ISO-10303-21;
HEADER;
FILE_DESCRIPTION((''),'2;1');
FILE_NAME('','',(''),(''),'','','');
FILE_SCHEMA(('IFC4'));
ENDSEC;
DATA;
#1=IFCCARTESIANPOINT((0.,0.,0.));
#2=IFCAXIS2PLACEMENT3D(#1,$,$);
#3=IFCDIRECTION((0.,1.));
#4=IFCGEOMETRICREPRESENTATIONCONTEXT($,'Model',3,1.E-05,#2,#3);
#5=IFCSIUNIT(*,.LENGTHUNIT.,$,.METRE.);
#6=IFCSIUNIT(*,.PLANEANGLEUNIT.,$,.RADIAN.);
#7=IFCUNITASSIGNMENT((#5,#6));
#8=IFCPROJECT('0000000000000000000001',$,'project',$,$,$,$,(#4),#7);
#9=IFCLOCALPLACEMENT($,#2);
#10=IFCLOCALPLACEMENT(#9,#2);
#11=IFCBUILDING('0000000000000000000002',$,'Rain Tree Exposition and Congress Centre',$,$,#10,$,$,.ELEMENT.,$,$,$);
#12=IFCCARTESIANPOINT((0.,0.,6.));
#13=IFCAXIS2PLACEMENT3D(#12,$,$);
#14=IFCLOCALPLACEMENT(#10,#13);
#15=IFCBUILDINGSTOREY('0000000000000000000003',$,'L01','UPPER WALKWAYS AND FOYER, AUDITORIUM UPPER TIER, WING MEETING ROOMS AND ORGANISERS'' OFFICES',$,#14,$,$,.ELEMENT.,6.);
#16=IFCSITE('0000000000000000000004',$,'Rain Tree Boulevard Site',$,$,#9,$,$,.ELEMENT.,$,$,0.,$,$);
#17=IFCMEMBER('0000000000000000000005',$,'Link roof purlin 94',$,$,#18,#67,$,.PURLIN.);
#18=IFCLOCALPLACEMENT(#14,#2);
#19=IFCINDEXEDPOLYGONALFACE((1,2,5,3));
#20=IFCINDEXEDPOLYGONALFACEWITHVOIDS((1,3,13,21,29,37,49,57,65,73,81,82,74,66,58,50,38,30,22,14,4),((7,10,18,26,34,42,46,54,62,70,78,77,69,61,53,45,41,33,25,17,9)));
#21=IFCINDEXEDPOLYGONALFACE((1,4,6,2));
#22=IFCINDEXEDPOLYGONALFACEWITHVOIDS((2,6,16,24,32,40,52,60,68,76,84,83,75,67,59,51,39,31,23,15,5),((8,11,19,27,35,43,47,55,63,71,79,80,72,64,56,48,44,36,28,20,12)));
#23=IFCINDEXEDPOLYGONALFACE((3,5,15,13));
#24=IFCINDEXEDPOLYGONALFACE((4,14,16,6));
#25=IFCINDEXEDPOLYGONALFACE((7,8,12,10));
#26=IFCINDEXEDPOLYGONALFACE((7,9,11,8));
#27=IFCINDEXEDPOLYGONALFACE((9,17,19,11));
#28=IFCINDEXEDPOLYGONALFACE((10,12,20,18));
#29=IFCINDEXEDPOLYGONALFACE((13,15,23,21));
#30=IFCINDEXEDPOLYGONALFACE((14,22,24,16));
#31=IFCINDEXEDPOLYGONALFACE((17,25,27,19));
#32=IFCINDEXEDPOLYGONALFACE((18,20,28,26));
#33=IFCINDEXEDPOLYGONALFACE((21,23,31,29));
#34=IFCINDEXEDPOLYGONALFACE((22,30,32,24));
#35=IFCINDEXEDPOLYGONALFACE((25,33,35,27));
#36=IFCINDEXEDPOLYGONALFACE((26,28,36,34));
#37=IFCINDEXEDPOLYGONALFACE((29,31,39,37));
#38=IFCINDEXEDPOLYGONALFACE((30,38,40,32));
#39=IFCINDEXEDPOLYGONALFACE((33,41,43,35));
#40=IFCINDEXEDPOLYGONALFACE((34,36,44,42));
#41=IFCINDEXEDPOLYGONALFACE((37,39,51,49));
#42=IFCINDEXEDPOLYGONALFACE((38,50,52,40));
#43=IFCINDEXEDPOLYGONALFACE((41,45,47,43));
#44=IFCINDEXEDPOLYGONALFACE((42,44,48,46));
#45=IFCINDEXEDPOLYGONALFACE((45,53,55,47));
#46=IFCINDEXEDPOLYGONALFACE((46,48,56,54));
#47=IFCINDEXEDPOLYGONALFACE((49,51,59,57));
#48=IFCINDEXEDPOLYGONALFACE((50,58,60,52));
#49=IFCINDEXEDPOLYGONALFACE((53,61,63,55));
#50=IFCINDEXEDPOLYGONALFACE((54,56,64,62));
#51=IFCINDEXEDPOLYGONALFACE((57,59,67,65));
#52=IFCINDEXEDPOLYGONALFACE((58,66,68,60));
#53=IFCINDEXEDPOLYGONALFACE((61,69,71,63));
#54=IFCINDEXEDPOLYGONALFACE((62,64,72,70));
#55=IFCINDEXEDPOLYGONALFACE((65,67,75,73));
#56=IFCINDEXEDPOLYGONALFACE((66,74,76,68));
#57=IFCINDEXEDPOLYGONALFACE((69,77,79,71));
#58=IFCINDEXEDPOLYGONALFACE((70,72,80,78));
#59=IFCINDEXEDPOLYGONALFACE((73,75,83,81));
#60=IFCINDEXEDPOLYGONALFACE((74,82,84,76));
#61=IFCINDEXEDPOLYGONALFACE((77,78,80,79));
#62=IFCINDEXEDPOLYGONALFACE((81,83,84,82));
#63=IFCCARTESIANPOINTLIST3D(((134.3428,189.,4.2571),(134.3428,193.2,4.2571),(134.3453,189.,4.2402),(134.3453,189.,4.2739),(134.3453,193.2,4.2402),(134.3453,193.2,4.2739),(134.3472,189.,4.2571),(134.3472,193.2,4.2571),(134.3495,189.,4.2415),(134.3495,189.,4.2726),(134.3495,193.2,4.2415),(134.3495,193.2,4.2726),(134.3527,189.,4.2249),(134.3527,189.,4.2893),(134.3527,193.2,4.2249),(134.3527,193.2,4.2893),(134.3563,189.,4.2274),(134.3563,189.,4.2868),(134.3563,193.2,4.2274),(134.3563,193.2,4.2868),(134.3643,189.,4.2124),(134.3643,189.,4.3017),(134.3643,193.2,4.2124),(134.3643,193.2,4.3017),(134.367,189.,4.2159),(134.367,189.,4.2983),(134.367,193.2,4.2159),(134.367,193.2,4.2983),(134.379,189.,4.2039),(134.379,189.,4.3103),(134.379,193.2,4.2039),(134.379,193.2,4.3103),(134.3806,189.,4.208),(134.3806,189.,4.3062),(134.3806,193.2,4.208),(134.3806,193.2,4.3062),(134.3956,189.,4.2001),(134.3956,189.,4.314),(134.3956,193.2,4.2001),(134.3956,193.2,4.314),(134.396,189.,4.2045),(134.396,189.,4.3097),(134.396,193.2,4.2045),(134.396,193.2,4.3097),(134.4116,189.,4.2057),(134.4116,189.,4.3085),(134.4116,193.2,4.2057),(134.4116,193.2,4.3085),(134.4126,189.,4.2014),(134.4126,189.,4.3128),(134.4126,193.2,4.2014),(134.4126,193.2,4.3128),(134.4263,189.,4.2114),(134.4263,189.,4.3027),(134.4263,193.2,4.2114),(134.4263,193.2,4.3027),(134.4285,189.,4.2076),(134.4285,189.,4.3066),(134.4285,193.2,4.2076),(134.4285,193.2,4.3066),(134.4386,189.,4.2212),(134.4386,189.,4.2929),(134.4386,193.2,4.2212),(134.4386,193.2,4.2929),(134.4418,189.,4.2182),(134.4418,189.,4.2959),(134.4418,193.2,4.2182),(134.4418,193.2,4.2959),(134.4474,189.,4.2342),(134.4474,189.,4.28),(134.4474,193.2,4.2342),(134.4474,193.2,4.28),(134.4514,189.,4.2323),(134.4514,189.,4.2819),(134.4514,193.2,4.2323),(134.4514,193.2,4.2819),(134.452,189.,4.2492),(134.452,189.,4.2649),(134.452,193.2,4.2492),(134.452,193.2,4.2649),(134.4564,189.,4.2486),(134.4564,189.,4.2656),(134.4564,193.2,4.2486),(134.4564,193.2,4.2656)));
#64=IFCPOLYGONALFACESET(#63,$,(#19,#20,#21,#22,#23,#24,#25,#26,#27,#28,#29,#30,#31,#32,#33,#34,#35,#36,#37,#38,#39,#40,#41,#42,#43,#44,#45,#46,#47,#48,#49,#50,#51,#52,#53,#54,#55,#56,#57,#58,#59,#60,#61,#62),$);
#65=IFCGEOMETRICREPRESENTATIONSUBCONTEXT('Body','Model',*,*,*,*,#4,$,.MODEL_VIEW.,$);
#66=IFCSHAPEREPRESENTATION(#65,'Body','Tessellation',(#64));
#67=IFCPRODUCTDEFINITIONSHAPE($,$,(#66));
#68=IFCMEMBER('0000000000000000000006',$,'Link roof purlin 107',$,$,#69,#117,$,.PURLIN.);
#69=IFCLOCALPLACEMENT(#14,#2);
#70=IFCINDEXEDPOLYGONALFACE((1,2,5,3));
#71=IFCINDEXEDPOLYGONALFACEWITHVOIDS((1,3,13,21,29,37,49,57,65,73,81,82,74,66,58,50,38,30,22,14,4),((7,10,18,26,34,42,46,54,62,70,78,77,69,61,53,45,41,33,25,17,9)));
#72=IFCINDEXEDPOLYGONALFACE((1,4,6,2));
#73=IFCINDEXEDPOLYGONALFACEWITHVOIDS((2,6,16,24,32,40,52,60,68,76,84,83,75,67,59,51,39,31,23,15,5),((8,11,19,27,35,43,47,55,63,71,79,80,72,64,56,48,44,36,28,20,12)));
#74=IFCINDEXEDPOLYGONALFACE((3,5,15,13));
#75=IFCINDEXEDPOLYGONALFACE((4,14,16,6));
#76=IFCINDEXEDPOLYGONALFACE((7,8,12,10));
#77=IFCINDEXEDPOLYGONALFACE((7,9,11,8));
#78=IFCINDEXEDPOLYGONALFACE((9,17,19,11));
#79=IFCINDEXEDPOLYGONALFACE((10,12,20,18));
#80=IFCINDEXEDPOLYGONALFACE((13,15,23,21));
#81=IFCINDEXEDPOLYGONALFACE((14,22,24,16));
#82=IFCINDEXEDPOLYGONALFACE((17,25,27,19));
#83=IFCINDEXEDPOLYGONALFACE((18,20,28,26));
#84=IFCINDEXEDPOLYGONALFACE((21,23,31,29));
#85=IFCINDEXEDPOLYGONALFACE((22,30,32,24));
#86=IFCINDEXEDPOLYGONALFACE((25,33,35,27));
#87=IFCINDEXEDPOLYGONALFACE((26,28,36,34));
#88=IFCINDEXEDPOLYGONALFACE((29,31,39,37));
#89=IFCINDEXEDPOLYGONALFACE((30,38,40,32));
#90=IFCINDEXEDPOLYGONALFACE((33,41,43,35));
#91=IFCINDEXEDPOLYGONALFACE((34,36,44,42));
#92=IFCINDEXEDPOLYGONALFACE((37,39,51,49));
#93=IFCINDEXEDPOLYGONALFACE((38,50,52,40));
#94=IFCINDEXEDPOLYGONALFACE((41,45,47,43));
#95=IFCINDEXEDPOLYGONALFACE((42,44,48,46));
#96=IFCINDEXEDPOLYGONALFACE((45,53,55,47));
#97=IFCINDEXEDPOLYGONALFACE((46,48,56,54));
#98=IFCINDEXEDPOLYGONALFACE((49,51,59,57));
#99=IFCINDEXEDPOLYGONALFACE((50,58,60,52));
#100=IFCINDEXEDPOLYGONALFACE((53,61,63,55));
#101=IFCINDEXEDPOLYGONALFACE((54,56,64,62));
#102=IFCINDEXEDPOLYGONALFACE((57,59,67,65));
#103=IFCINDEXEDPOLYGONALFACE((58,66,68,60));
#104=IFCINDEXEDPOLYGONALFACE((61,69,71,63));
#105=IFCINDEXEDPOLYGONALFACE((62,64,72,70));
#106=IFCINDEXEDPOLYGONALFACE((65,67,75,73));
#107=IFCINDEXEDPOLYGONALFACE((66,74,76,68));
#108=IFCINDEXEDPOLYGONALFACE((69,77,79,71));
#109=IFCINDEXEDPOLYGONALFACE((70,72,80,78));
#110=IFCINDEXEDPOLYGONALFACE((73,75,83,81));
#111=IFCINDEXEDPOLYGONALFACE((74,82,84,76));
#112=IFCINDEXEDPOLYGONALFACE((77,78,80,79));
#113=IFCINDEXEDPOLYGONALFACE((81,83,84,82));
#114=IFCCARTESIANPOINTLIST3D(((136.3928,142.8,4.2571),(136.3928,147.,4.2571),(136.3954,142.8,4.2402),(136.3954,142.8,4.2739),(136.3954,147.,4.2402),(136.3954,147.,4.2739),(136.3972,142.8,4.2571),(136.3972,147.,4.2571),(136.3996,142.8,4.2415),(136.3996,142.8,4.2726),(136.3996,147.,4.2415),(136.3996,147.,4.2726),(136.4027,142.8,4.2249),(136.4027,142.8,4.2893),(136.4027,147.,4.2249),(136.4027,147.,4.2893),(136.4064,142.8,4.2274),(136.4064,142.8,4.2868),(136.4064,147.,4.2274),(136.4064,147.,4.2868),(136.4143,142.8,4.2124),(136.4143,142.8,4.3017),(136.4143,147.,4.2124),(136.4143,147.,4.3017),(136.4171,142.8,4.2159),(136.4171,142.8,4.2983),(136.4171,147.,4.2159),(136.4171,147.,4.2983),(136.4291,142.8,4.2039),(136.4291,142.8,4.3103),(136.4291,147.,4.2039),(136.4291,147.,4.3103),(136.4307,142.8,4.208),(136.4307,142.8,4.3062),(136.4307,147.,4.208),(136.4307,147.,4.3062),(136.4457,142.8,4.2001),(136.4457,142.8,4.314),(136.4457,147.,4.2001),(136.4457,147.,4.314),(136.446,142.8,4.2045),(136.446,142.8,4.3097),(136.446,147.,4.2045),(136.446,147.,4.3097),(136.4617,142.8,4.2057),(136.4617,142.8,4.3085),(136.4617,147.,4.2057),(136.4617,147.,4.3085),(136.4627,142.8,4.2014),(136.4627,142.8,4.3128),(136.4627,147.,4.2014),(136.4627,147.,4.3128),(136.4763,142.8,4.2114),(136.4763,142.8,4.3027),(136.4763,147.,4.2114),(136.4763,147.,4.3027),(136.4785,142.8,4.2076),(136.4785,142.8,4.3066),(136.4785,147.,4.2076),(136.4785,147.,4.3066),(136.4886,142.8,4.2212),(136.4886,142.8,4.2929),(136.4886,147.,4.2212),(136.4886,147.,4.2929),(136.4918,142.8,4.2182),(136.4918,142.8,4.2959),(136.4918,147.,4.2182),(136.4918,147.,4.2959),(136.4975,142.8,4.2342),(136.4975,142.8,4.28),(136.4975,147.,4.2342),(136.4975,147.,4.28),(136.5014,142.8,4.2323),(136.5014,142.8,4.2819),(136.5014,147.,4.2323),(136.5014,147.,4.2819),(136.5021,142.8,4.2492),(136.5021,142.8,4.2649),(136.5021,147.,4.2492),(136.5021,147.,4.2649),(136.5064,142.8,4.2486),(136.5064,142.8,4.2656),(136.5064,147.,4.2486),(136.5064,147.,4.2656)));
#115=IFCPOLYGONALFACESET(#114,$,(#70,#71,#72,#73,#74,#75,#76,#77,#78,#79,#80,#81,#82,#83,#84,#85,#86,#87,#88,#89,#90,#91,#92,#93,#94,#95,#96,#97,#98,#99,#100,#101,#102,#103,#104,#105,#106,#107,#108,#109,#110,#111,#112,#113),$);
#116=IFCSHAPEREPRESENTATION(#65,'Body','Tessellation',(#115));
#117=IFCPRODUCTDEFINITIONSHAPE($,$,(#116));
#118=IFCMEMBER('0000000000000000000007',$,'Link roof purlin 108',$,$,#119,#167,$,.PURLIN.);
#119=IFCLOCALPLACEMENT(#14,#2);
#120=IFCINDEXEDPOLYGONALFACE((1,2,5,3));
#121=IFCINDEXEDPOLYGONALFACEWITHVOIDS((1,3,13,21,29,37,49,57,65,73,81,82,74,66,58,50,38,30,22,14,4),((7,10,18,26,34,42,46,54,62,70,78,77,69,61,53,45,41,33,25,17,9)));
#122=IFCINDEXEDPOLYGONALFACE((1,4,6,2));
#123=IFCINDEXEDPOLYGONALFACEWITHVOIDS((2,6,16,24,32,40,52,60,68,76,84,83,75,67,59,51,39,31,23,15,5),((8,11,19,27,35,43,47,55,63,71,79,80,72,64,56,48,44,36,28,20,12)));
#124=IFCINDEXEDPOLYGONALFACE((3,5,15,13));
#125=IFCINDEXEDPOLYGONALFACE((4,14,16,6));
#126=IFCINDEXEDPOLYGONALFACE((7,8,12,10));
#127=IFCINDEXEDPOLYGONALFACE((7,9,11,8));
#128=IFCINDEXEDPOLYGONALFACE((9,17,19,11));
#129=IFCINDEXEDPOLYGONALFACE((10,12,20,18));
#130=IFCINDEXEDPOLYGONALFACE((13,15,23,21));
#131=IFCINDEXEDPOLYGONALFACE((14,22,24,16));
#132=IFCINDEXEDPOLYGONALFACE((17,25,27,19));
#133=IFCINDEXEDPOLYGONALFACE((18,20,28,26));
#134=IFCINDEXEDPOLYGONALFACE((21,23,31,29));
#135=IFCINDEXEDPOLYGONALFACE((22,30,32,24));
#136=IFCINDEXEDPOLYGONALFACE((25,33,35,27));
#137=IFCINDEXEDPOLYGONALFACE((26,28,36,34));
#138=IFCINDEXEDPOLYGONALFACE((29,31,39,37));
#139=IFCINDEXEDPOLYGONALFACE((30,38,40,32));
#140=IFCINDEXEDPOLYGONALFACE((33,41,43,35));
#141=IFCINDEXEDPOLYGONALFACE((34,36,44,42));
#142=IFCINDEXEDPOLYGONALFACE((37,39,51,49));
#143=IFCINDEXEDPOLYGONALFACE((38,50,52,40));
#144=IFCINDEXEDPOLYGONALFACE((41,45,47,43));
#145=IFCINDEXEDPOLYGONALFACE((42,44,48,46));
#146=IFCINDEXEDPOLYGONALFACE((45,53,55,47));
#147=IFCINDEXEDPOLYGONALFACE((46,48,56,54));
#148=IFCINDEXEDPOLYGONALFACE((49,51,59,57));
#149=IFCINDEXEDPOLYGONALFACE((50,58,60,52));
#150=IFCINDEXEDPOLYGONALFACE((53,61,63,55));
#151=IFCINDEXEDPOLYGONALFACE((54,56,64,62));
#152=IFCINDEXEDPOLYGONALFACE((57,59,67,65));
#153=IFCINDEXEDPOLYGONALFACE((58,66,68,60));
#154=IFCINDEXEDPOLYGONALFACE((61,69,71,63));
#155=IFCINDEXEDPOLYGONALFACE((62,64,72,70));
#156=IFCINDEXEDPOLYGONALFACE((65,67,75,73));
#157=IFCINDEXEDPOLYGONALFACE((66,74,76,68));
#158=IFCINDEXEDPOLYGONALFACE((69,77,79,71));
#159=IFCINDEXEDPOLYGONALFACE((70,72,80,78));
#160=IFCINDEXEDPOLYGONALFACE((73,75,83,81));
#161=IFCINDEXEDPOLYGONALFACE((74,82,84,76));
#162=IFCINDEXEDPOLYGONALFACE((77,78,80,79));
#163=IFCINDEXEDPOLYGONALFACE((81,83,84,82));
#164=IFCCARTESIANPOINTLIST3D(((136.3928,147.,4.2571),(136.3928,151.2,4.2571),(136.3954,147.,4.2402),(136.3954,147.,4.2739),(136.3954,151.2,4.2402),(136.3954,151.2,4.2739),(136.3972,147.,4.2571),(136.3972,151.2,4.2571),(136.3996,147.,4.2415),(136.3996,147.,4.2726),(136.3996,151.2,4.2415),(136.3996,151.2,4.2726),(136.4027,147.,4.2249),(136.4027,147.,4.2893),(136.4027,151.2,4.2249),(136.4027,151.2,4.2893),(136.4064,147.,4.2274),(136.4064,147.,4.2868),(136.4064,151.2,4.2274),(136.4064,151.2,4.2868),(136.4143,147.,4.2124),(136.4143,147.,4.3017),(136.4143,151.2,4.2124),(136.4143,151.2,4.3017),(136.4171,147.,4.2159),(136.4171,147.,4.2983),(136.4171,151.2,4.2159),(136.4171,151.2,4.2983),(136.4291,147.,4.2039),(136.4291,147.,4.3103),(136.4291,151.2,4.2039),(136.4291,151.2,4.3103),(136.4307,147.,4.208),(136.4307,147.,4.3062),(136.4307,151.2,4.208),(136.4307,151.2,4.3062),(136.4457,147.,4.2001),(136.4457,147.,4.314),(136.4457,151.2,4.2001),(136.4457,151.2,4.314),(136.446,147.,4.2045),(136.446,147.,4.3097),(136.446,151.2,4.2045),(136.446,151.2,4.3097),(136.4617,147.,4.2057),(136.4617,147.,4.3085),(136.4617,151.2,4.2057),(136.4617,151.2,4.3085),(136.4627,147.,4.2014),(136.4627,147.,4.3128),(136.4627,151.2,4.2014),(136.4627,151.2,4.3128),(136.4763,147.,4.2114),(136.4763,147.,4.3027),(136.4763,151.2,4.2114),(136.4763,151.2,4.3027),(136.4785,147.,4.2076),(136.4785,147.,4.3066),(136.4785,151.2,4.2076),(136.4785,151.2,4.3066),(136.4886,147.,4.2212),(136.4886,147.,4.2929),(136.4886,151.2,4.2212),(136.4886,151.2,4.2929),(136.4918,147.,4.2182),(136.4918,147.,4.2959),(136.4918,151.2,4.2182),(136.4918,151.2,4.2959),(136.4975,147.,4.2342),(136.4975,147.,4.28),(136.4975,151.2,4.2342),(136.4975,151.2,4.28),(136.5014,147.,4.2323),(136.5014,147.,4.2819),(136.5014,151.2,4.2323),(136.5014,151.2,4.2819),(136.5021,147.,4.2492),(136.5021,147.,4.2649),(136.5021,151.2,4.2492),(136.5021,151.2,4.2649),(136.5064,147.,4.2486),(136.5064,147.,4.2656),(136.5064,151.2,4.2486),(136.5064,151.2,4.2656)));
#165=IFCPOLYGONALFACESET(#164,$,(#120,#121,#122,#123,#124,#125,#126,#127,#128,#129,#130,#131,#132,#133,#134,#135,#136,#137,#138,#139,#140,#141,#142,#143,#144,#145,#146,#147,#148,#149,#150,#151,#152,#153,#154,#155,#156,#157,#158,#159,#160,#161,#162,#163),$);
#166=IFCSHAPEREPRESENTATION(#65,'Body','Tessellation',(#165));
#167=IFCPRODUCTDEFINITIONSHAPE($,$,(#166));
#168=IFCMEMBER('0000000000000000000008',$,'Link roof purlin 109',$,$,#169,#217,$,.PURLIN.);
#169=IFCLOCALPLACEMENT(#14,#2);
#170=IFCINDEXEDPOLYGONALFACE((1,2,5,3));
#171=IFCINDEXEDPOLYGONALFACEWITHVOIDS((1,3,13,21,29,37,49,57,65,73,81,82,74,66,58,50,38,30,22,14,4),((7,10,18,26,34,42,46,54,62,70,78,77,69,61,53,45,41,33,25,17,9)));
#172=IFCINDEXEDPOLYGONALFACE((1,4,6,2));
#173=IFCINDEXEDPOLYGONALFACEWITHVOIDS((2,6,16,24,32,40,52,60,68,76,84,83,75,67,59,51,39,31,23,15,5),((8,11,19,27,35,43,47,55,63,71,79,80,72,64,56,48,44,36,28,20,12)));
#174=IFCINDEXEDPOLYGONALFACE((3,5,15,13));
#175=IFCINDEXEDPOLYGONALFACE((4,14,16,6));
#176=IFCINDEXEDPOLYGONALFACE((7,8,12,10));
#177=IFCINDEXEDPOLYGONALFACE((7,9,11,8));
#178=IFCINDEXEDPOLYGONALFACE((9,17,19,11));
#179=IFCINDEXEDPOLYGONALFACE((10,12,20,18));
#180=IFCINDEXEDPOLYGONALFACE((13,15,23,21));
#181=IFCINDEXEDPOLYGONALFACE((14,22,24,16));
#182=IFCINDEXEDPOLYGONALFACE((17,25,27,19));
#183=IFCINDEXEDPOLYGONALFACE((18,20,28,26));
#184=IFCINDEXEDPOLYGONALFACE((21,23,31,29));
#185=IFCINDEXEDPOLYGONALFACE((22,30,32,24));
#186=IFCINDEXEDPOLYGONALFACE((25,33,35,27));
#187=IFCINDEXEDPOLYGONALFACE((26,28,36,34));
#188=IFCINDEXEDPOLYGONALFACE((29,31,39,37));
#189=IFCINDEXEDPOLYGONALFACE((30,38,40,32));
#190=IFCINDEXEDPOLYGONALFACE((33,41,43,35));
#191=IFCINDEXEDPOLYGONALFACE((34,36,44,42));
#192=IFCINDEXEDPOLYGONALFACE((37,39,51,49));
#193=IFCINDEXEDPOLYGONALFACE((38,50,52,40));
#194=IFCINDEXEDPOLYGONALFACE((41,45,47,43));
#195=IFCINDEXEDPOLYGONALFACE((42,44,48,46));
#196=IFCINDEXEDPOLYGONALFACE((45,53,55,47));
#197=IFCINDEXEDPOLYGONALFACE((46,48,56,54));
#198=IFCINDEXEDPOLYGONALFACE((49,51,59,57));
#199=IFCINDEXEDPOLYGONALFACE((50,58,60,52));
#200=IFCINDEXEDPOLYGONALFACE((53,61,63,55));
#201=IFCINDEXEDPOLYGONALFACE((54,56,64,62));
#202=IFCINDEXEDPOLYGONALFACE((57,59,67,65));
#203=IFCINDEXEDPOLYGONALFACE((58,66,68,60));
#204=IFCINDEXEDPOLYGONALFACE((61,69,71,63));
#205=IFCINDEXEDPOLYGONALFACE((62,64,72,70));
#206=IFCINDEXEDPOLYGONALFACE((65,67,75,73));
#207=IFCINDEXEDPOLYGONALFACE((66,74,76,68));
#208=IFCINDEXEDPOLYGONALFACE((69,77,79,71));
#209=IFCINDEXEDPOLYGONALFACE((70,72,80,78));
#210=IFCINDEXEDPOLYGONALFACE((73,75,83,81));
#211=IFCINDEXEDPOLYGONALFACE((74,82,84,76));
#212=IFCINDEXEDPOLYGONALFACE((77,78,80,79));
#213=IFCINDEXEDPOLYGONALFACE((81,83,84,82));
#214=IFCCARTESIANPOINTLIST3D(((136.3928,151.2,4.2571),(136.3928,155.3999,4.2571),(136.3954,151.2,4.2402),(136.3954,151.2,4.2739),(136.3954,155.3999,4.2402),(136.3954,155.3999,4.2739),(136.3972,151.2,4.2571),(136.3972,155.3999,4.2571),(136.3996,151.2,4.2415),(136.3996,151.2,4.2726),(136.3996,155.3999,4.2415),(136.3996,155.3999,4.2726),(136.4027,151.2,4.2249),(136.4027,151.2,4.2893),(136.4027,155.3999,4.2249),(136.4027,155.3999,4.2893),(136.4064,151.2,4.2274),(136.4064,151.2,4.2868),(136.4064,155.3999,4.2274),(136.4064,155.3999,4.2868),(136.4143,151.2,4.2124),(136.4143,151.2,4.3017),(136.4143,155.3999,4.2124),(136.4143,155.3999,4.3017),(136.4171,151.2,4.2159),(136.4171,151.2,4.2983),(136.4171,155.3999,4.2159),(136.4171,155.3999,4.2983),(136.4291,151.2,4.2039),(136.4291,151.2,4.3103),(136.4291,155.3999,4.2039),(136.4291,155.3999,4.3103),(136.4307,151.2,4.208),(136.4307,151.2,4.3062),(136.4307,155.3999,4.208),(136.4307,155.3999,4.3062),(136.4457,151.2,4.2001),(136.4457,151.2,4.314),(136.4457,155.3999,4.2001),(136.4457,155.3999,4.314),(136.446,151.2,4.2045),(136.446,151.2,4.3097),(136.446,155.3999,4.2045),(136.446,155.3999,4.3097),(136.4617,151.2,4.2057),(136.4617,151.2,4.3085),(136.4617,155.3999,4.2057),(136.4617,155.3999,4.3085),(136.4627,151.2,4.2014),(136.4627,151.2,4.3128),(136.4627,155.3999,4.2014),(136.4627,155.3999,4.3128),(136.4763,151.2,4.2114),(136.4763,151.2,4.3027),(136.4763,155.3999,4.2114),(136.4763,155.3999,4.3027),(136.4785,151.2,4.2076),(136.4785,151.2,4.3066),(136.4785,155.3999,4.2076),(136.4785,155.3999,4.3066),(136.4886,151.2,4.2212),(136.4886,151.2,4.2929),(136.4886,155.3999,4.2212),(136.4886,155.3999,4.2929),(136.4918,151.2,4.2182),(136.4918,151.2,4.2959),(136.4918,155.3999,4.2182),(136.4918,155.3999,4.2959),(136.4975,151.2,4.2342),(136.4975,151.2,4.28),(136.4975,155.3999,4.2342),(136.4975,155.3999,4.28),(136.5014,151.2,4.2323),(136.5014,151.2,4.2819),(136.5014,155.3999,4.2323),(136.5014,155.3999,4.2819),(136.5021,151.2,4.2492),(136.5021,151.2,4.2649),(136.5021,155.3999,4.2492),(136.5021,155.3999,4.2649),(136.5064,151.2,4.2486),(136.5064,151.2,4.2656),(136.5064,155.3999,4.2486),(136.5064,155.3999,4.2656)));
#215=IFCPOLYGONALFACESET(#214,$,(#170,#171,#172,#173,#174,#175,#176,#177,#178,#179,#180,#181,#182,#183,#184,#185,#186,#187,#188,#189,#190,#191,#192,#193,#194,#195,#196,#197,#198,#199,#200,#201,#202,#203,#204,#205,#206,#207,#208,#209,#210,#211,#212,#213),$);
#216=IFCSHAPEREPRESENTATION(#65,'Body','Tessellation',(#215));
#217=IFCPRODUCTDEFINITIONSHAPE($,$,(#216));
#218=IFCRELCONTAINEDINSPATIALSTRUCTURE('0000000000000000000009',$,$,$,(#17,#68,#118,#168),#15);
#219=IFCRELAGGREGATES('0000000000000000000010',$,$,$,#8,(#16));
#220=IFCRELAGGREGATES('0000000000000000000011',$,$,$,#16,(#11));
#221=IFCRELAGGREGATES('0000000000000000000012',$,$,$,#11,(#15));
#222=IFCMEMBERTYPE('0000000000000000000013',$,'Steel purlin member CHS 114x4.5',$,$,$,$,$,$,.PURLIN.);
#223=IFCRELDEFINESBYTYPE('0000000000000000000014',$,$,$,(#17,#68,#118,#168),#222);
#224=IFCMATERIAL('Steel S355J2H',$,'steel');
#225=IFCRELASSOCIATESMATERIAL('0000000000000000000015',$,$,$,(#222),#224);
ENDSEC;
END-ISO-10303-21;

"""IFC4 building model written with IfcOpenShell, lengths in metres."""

from ifc_helpers import new_model, si_unit, direction, frame, origin, origin_2d, place, context, subcontext, project, spatial, hollow_circle, extrude, material, material_profile, profile_set, type_object, element, save


model = new_model("IFC4")

# Units and contexts
model_context = context("Model", 3, precision=1e-05, world=origin(), true_north=direction((0.0, 1.0)))
body_context = subcontext(model_context, "Body", "Model", "MODEL_VIEW")
ifc_project = project(units=[si_unit("LENGTHUNIT", "METRE"), si_unit("PLANEANGLEUNIT", "RADIAN")], contexts=[model_context])

# Site, building, storey
site_placement = place(None, origin())
site = spatial("IfcSite", under=ifc_project, at=site_placement, Name="Rain Tree Boulevard Site", CompositionType="ELEMENT", RefElevation=0.0)
building_placement = place(site_placement, origin())
building = spatial("IfcBuilding", under=site, at=building_placement, Name="Rain Tree Exposition and Congress Centre", CompositionType="ELEMENT")
storey_placement = place(building_placement, frame((0.0, 0.0, 6.0)))
storey = spatial("IfcBuildingStorey", under=building, at=storey_placement, Name="L01", Description="UPPER WALKWAYS AND FOYER, AUDITORIUM UPPER TIER, WING MEETING ROOMS AND ORGANISERS' OFFICES", CompositionType="ELEMENT", Elevation=6.0)

# Members
ifc_material_1 = material(Name="Steel S355J2H", Category="steel")
ifc_material_profile = material_profile(ifc_material_1, hollow_circle(Radius=0.0571, WallThickness=0.0044, at=origin_2d()), Name="CHS 114x4.5")
ifc_profile_set = profile_set([ifc_material_profile], Name="Steel S355J2H")
member_type = type_object("IfcMemberType", Name="Steel purlin member CHS 114x4.5", PredefinedType="PURLIN", material=ifc_profile_set)
for number, where, z_axis, x_axis, name in (
    (1, (134.3999, 189.0, 4.2571), (0.0, 1.0, 0.0), (-1.0, 0.0, 0.0), "Link roof purlin 94"),
    (2, (136.45, 142.8, 4.2571), (0.0, 1.0, 0.0), (-1.0, 0.0, 0.0), "Link roof purlin 107"),
    (3, (136.45, 147.0, 4.2571), (0.0, 1.0, 0.0), (-1.0, 0.0, 0.0), "Link roof purlin 108"),
    (4, (136.45, 151.2, 4.2571), (0.0, 1.0, 0.0), (-1.0, 0.0, 0.0), "Link roof purlin 109"),
):
    element("IfcMember", number, at=place(storey_placement, frame(where, z_axis=z_axis, x_axis=x_axis)), inside=storey, type_object=member_type, Name=name, PredefinedType="PURLIN", context=body_context, shape_type="SweptSolid", body=[
        extrude(hollow_circle(Radius=0.0571, WallThickness=0.0044, at=origin_2d()), origin(), (0.0, 0.0, 1.0), 4.2),
    ])

save(model, "model.ifc")
